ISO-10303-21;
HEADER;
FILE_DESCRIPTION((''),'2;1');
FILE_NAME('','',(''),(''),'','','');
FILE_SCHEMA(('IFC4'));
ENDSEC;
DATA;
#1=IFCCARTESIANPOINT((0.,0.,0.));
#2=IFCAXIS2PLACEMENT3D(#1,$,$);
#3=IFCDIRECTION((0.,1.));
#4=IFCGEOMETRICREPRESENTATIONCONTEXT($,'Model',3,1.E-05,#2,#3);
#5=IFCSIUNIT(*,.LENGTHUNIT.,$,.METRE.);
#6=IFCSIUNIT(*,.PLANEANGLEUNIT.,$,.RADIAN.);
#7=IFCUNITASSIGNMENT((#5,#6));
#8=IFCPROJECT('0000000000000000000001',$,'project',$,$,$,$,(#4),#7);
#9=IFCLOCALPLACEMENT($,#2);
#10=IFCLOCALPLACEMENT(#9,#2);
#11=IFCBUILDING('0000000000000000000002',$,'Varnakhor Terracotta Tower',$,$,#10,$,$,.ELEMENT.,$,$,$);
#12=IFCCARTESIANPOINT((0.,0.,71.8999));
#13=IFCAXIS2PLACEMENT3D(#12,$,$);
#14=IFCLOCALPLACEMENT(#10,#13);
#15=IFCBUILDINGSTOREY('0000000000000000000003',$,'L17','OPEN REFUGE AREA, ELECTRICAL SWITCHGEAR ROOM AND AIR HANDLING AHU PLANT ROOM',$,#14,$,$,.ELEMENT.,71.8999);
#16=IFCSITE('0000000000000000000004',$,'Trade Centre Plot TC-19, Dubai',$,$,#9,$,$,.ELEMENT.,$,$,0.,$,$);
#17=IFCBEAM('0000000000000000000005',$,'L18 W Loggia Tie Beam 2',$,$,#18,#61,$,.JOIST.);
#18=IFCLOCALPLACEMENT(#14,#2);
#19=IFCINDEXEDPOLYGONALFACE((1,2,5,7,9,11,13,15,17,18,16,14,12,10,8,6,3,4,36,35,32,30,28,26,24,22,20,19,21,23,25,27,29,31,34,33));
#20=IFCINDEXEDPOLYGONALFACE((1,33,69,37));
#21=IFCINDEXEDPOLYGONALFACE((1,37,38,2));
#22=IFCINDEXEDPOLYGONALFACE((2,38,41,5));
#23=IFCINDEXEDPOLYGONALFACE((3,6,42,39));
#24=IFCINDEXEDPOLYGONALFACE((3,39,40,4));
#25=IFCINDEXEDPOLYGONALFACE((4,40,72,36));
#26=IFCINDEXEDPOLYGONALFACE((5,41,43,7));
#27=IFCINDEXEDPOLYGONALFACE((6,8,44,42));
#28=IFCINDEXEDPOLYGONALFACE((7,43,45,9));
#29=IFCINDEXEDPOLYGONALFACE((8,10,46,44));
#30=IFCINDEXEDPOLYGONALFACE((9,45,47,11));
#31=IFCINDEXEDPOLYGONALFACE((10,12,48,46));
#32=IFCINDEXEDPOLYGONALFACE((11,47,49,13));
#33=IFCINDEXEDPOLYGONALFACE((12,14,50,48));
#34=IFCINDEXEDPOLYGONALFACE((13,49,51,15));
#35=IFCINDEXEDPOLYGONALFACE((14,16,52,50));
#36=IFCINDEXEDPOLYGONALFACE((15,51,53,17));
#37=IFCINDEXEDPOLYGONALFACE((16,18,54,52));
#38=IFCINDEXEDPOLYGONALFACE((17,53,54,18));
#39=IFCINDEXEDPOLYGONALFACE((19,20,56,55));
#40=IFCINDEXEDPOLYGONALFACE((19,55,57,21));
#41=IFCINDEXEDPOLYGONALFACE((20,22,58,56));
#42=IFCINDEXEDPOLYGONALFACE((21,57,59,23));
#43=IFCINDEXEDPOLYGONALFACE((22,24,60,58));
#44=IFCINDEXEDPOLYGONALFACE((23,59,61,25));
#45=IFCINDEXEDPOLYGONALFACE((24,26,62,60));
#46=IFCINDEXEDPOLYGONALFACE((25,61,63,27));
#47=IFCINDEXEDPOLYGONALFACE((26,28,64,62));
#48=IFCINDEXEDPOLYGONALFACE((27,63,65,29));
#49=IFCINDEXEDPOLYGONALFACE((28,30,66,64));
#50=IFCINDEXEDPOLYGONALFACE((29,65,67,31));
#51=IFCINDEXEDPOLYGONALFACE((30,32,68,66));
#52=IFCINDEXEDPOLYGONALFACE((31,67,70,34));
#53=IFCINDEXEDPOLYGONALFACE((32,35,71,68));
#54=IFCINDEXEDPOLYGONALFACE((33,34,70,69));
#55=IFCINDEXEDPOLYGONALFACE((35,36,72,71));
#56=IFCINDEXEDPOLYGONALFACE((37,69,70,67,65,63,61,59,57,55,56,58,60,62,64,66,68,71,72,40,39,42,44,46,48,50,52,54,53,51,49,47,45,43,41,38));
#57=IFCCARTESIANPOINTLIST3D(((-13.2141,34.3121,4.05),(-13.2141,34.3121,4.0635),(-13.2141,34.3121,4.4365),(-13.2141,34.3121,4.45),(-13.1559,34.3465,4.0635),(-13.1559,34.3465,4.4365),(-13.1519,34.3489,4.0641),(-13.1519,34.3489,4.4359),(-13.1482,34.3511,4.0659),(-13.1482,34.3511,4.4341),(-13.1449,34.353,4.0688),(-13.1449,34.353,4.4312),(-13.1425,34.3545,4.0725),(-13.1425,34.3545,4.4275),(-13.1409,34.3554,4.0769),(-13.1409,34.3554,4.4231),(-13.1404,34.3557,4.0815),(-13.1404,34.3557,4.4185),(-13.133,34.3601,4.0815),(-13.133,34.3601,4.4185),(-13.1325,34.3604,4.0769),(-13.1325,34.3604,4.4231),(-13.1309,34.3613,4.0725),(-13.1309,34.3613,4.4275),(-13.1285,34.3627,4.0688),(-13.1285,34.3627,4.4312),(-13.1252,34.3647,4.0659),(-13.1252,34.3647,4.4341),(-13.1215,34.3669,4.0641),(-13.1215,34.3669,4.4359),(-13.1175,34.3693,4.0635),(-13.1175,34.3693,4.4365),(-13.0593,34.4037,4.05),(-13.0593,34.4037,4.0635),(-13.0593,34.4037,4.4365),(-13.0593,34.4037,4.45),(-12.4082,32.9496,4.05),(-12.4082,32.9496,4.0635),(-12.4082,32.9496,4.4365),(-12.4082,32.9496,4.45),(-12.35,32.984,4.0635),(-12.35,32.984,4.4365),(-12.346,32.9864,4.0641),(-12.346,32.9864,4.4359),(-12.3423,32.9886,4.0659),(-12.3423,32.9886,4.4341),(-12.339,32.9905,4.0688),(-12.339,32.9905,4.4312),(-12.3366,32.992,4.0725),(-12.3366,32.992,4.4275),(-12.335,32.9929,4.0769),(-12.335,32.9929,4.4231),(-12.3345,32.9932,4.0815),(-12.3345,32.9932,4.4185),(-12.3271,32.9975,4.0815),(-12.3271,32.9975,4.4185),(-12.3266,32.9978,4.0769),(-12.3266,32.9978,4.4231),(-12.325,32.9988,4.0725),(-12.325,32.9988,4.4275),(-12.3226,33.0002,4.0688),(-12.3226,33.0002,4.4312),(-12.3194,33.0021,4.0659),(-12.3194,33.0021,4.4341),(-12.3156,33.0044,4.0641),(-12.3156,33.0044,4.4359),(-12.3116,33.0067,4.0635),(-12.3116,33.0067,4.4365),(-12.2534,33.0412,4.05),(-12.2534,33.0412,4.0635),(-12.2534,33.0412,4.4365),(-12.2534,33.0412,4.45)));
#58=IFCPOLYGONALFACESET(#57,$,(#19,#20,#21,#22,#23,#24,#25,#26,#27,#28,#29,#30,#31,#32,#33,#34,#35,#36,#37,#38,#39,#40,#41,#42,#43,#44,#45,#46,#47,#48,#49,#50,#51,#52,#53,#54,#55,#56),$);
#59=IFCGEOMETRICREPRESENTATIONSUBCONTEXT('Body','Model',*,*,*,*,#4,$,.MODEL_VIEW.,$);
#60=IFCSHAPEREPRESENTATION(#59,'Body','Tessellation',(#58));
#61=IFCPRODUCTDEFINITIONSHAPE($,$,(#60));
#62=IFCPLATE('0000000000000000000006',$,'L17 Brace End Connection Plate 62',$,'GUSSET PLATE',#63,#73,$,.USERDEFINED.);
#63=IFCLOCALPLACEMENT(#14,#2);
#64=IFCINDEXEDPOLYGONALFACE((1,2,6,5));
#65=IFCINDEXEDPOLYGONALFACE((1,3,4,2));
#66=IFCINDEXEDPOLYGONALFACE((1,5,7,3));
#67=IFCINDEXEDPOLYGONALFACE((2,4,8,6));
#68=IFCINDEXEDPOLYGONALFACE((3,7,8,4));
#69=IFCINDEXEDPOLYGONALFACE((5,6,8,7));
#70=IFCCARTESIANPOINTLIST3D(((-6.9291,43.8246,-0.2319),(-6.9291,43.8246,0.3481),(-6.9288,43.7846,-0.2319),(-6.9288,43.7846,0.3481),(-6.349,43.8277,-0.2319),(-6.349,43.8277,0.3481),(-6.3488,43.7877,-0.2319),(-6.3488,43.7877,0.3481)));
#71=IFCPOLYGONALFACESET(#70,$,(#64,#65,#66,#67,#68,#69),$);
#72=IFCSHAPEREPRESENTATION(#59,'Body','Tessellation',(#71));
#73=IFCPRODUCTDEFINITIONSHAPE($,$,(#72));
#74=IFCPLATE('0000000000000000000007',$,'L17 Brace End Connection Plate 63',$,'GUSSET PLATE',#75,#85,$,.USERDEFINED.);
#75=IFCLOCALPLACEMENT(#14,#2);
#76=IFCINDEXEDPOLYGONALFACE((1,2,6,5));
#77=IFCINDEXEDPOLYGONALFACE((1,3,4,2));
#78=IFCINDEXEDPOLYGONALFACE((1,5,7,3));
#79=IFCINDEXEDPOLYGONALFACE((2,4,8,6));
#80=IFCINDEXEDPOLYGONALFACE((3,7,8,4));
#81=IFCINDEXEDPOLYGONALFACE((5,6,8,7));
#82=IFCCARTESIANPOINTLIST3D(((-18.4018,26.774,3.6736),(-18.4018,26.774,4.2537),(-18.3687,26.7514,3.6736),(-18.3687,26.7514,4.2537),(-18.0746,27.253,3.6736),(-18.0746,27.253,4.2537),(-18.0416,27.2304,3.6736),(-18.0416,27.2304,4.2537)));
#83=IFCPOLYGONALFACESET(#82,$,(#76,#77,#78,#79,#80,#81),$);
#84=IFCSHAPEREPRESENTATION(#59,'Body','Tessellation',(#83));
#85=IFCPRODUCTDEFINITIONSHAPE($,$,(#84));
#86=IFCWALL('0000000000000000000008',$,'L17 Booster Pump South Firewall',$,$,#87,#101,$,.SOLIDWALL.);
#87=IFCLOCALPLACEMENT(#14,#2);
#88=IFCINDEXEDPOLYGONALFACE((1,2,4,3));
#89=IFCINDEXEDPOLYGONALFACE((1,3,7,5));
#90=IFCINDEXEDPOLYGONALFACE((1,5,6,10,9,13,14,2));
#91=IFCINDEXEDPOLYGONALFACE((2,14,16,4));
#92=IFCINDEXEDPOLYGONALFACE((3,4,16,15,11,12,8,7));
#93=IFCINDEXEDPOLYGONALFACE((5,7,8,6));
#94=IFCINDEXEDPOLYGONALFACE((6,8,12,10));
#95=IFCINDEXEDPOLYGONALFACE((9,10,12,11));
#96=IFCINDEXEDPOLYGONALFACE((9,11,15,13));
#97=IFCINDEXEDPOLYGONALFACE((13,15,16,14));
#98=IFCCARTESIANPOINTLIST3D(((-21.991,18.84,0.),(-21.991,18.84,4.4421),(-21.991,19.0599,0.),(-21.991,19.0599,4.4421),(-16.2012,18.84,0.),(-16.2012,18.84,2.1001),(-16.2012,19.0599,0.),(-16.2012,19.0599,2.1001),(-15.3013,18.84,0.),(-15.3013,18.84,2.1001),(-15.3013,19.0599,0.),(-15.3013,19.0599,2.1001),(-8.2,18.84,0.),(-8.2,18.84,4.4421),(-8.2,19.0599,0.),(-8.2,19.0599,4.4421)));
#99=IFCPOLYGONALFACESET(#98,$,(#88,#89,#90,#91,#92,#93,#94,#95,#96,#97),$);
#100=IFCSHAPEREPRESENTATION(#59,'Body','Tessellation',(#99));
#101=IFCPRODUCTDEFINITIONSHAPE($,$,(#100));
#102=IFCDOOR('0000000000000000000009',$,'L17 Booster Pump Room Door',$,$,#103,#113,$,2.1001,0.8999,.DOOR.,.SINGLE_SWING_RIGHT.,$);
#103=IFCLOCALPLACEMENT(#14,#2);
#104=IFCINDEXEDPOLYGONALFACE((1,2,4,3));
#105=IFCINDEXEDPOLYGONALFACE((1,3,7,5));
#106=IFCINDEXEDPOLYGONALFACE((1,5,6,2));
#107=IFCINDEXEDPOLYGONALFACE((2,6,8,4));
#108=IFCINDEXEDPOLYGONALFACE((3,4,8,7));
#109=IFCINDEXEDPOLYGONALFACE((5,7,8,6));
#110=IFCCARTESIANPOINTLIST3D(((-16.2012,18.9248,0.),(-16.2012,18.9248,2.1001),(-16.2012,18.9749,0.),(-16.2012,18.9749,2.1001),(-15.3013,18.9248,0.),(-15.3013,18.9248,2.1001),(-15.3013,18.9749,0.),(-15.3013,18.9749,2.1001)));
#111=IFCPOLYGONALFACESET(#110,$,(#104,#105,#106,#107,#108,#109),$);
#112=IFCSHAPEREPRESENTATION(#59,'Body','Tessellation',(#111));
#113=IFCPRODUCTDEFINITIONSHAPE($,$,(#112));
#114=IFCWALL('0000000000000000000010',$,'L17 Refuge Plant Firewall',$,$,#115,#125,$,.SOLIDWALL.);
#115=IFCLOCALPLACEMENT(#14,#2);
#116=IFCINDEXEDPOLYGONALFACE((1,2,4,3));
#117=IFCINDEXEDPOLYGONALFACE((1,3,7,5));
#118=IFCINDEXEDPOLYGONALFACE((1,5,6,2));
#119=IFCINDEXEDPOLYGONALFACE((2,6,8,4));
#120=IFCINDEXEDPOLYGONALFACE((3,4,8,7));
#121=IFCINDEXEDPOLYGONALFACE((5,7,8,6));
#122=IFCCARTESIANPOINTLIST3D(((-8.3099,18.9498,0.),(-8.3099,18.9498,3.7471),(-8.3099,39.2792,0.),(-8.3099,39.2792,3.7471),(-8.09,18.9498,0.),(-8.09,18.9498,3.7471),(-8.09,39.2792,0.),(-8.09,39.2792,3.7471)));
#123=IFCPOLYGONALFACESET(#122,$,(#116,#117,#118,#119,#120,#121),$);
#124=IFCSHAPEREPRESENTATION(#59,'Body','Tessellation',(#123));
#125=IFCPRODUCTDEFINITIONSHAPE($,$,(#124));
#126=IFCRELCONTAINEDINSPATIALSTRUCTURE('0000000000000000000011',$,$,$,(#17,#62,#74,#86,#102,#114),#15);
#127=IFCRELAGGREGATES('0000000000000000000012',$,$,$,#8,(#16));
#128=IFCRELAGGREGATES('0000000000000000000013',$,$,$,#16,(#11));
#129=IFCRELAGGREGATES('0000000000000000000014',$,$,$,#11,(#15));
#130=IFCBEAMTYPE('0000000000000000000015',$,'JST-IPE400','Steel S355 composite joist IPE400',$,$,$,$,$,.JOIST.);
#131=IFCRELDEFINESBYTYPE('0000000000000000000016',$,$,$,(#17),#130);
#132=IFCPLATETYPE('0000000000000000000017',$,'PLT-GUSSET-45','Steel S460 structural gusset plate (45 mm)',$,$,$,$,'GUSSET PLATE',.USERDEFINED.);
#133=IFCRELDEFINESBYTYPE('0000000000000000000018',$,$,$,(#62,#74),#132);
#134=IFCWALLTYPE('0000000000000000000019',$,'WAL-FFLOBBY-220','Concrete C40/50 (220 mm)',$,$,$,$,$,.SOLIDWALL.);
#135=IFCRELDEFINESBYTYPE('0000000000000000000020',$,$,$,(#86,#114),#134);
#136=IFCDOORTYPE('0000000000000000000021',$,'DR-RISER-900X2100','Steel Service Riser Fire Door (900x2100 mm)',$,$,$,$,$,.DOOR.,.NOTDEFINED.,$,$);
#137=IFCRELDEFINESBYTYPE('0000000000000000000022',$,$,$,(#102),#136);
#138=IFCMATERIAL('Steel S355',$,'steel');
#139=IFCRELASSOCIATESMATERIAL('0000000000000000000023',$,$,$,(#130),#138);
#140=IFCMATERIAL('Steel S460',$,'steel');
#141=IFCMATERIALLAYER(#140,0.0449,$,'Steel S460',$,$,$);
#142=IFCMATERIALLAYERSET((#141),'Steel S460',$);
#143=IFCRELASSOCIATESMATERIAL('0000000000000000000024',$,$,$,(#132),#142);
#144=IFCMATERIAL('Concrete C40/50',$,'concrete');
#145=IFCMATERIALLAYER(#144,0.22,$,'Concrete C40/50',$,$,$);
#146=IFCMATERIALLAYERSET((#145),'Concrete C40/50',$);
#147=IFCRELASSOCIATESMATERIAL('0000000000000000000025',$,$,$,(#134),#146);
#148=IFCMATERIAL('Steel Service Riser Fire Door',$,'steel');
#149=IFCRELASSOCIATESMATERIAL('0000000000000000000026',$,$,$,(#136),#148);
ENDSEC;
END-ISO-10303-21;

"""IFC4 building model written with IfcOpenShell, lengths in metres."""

from ifc_helpers import new_model, si_unit, direction, frame, frame_2d, origin, origin_2d, place, context, subcontext, project, spatial, rectangle, i_section, extrude, source, transform, mapped, material, layer, layer_set, material_profile, profile_set, type_object, type_shapes, element, fill, save


model = new_model("IFC4")

# Units and contexts
model_context = context("Model", 3, precision=1e-05, world=origin(), true_north=direction((0.0, 1.0)))
body_context = subcontext(model_context, "Body", "Model", "MODEL_VIEW")
ifc_project = project(units=[si_unit("LENGTHUNIT", "METRE"), si_unit("PLANEANGLEUNIT", "RADIAN")], contexts=[model_context])

# Site, building, storey
site_placement = place(None, origin())
site = spatial("IfcSite", under=ifc_project, at=site_placement, Name="Trade Centre Plot TC-19, Dubai", CompositionType="ELEMENT", RefElevation=0.0)
building_placement = place(site_placement, origin())
building = spatial("IfcBuilding", under=site, at=building_placement, Name="Varnakhor Terracotta Tower", CompositionType="ELEMENT")
storey_placement = place(building_placement, frame((0.0, 0.0, 71.8999)))
storey = spatial("IfcBuildingStorey", under=building, at=storey_placement, Name="L17", Description="OPEN REFUGE AREA, ELECTRICAL SWITCHGEAR ROOM AND AIR HANDLING AHU PLANT ROOM", CompositionType="ELEMENT", Elevation=71.8999)

# Shared definitions
ifc_material_1 = material(Name="Steel S460", Category="steel")

# Shared definitions
ifc_material_2 = material(Name="Steel S355", Category="steel")
ifc_material_profile_1 = material_profile(ifc_material_2, i_section(OverallWidth=0.1799, OverallDepth=0.3999, WebThickness=0.0085, FlangeThickness=0.0134, FilletRadius=0.0181, at=origin_2d()), Name="IPE400")
ifc_profile_set_1 = profile_set([ifc_material_profile_1], Name="Steel S355")
beam_type_1 = type_object("IfcBeamType", Name="JST-IPE400", Description="Steel S355 composite joist IPE400", PredefinedType="JOIST", material=ifc_profile_set_1)

# Beam
shared_shape_1 = source(origin(), body_context, "Body", "SweptSolid", [
    extrude(i_section(OverallWidth=0.1799, OverallDepth=0.3999, WebThickness=0.0085, FlangeThickness=0.0134, FilletRadius=0.0181, at=origin_2d()), origin(), (0.0, 0.0, 1.0), 1.583),
])
beam_1_placement = place(storey_placement, frame((-12.3308, 32.9954, 4.25), z_axis=(-0.509088, 0.860715, 0.0), x_axis=(-0.860715, -0.509088, 0.0)))
element("IfcBeam", 1, at=beam_1_placement, inside=storey, type_object=beam_type_1, Name="L18 W Loggia Tie Beam 2", PredefinedType="JOIST", context=body_context, shape_type="MappedRepresentation", body=[
    mapped(shared_shape_1, transform((0.0, 0.0, 0.0), scale=1.0)),
])

# Plates
ifc_layer_1 = layer(ifc_material_1, 0.0449, Name="Steel S460")
ifc_layer_set_1 = layer_set([ifc_layer_1], Name="Steel S460")
plate_type = type_object("IfcPlateType", Name="PLT-GUSSET-45", Description="Steel S460 structural gusset plate (45 mm)", ElementType="GUSSET PLATE", PredefinedType="USERDEFINED", material=ifc_layer_set_1)
shared_shape_2 = source(origin(), body_context, "Body", "SweptSolid", [
    extrude(rectangle(XDim=0.5801, YDim=0.04, at=origin_2d()), origin(), (0.0, 0.0, 1.0), 0.5801),
])
for number, where, z_axis, x_axis, name in (
    (2, (-6.6389, 43.8062, -0.2319), (0.0, 0.0, 1.0), (0.999986, 0.005288, 0.0), "L17 Brace End Connection Plate 62"),
    (3, (-18.2217, 27.0022, 3.6736), (0.0, 0.0, 1.0), (-0.564045, -0.825744, 0.0), "L17 Brace End Connection Plate 63"),
):
    element("IfcPlate", number, at=place(storey_placement, frame(where, z_axis=z_axis, x_axis=x_axis)), inside=storey, type_object=plate_type, Name=name, ObjectType="GUSSET PLATE", PredefinedType="USERDEFINED", context=body_context, shape_type="MappedRepresentation", body=[
        mapped(shared_shape_2, transform((0.0, 0.0, 0.0), scale=1.0)),
    ])

# Wall, opening, door
ifc_material_3 = material(Name="Concrete C40/50", Category="concrete")
ifc_layer_2 = layer(ifc_material_3, 0.22, Name="Concrete C40/50")
ifc_layer_set_2 = layer_set([ifc_layer_2], Name="Concrete C40/50")
wall_type = type_object("IfcWallType", Name="WAL-FFLOBBY-220", Description="Concrete C40/50 (220 mm)", PredefinedType="SOLIDWALL", material=ifc_layer_set_2)
wall_1_placement = place(storey_placement, frame((-21.991, 18.95, 0.0), z_axis=(0.0, 0.0, 1.0), x_axis=(1.0, 0.0, 0.0)))
wall_1 = element("IfcWall", 4, at=wall_1_placement, inside=storey, type_object=wall_type, Name="L17 Booster Pump South Firewall", PredefinedType="SOLIDWALL", context=body_context, shape_type="SweptSolid", body=[
    extrude(rectangle(XDim=13.791, YDim=0.22, at=frame_2d((6.8955, 0.0))), origin(), (0.0, 0.0, 1.0), 4.4421),
])
opening_placement = place(wall_1_placement, frame((5.7898, 0.0, 0.0)))
opening = element("IfcOpeningElement", 5, at=opening_placement, cuts=wall_1, PredefinedType="OPENING", context=body_context, shape_type="SweptSolid", body=[
    extrude(rectangle(XDim=0.8999, YDim=2.1001, at=frame_2d((0.45, 1.05))), frame((0.0, 0.1201, 0.0), z_axis=(0.0, -1.0, 0.0), x_axis=(1.0, 0.0, 0.0)), (0.0, 0.0, 1.0), 0.24),
])
ifc_material_4 = material(Name="Steel Service Riser Fire Door", Category="steel")
door_type = type_object("IfcDoorType", Name="DR-RISER-900X2100", Description="Steel Service Riser Fire Door (900x2100 mm)", OperationType="NOTDEFINED", PredefinedType="DOOR", material=ifc_material_4)
shared_shape_3 = source(origin(), body_context, "Body", "SweptSolid", [
    extrude(rectangle(XDim=0.8999, YDim=2.1001, at=frame_2d((0.45, 1.05))), frame((0.0, 0.0249, 0.0), z_axis=(0.0, -1.0, 0.0), x_axis=(1.0, 0.0, 0.0)), (0.0, 0.0, 1.0), 0.05),
])
type_shapes(door_type, [shared_shape_3])
door_placement = place(opening_placement, origin())
door = element("IfcDoor", 6, at=door_placement, inside=storey, type_object=door_type, Name="L17 Booster Pump Room Door", OperationType="SINGLE_SWING_RIGHT", OverallHeight=2.1001, OverallWidth=0.8999, PredefinedType="DOOR", context=body_context, shape_type="MappedRepresentation", body=[
    mapped(shared_shape_3, transform((0.0, 0.0, 0.0), scale=1.0)),
])
fill(opening, door)

# Wall
wall_2_placement = place(storey_placement, frame((-8.2, 18.95, 0.0), z_axis=(0.0, 0.0, 1.0), x_axis=(0.0, 1.0, 0.0)))
element("IfcWall", 7, at=wall_2_placement, inside=storey, type_object=wall_type, Name="L17 Refuge Plant Firewall", PredefinedType="SOLIDWALL", context=body_context, shape_type="SweptSolid", body=[
    extrude(rectangle(XDim=20.3293, YDim=0.22, at=frame_2d((10.1646, 0.0))), origin(), (0.0, 0.0, 1.0), 3.7471),
])

save(model, "model.ifc")
